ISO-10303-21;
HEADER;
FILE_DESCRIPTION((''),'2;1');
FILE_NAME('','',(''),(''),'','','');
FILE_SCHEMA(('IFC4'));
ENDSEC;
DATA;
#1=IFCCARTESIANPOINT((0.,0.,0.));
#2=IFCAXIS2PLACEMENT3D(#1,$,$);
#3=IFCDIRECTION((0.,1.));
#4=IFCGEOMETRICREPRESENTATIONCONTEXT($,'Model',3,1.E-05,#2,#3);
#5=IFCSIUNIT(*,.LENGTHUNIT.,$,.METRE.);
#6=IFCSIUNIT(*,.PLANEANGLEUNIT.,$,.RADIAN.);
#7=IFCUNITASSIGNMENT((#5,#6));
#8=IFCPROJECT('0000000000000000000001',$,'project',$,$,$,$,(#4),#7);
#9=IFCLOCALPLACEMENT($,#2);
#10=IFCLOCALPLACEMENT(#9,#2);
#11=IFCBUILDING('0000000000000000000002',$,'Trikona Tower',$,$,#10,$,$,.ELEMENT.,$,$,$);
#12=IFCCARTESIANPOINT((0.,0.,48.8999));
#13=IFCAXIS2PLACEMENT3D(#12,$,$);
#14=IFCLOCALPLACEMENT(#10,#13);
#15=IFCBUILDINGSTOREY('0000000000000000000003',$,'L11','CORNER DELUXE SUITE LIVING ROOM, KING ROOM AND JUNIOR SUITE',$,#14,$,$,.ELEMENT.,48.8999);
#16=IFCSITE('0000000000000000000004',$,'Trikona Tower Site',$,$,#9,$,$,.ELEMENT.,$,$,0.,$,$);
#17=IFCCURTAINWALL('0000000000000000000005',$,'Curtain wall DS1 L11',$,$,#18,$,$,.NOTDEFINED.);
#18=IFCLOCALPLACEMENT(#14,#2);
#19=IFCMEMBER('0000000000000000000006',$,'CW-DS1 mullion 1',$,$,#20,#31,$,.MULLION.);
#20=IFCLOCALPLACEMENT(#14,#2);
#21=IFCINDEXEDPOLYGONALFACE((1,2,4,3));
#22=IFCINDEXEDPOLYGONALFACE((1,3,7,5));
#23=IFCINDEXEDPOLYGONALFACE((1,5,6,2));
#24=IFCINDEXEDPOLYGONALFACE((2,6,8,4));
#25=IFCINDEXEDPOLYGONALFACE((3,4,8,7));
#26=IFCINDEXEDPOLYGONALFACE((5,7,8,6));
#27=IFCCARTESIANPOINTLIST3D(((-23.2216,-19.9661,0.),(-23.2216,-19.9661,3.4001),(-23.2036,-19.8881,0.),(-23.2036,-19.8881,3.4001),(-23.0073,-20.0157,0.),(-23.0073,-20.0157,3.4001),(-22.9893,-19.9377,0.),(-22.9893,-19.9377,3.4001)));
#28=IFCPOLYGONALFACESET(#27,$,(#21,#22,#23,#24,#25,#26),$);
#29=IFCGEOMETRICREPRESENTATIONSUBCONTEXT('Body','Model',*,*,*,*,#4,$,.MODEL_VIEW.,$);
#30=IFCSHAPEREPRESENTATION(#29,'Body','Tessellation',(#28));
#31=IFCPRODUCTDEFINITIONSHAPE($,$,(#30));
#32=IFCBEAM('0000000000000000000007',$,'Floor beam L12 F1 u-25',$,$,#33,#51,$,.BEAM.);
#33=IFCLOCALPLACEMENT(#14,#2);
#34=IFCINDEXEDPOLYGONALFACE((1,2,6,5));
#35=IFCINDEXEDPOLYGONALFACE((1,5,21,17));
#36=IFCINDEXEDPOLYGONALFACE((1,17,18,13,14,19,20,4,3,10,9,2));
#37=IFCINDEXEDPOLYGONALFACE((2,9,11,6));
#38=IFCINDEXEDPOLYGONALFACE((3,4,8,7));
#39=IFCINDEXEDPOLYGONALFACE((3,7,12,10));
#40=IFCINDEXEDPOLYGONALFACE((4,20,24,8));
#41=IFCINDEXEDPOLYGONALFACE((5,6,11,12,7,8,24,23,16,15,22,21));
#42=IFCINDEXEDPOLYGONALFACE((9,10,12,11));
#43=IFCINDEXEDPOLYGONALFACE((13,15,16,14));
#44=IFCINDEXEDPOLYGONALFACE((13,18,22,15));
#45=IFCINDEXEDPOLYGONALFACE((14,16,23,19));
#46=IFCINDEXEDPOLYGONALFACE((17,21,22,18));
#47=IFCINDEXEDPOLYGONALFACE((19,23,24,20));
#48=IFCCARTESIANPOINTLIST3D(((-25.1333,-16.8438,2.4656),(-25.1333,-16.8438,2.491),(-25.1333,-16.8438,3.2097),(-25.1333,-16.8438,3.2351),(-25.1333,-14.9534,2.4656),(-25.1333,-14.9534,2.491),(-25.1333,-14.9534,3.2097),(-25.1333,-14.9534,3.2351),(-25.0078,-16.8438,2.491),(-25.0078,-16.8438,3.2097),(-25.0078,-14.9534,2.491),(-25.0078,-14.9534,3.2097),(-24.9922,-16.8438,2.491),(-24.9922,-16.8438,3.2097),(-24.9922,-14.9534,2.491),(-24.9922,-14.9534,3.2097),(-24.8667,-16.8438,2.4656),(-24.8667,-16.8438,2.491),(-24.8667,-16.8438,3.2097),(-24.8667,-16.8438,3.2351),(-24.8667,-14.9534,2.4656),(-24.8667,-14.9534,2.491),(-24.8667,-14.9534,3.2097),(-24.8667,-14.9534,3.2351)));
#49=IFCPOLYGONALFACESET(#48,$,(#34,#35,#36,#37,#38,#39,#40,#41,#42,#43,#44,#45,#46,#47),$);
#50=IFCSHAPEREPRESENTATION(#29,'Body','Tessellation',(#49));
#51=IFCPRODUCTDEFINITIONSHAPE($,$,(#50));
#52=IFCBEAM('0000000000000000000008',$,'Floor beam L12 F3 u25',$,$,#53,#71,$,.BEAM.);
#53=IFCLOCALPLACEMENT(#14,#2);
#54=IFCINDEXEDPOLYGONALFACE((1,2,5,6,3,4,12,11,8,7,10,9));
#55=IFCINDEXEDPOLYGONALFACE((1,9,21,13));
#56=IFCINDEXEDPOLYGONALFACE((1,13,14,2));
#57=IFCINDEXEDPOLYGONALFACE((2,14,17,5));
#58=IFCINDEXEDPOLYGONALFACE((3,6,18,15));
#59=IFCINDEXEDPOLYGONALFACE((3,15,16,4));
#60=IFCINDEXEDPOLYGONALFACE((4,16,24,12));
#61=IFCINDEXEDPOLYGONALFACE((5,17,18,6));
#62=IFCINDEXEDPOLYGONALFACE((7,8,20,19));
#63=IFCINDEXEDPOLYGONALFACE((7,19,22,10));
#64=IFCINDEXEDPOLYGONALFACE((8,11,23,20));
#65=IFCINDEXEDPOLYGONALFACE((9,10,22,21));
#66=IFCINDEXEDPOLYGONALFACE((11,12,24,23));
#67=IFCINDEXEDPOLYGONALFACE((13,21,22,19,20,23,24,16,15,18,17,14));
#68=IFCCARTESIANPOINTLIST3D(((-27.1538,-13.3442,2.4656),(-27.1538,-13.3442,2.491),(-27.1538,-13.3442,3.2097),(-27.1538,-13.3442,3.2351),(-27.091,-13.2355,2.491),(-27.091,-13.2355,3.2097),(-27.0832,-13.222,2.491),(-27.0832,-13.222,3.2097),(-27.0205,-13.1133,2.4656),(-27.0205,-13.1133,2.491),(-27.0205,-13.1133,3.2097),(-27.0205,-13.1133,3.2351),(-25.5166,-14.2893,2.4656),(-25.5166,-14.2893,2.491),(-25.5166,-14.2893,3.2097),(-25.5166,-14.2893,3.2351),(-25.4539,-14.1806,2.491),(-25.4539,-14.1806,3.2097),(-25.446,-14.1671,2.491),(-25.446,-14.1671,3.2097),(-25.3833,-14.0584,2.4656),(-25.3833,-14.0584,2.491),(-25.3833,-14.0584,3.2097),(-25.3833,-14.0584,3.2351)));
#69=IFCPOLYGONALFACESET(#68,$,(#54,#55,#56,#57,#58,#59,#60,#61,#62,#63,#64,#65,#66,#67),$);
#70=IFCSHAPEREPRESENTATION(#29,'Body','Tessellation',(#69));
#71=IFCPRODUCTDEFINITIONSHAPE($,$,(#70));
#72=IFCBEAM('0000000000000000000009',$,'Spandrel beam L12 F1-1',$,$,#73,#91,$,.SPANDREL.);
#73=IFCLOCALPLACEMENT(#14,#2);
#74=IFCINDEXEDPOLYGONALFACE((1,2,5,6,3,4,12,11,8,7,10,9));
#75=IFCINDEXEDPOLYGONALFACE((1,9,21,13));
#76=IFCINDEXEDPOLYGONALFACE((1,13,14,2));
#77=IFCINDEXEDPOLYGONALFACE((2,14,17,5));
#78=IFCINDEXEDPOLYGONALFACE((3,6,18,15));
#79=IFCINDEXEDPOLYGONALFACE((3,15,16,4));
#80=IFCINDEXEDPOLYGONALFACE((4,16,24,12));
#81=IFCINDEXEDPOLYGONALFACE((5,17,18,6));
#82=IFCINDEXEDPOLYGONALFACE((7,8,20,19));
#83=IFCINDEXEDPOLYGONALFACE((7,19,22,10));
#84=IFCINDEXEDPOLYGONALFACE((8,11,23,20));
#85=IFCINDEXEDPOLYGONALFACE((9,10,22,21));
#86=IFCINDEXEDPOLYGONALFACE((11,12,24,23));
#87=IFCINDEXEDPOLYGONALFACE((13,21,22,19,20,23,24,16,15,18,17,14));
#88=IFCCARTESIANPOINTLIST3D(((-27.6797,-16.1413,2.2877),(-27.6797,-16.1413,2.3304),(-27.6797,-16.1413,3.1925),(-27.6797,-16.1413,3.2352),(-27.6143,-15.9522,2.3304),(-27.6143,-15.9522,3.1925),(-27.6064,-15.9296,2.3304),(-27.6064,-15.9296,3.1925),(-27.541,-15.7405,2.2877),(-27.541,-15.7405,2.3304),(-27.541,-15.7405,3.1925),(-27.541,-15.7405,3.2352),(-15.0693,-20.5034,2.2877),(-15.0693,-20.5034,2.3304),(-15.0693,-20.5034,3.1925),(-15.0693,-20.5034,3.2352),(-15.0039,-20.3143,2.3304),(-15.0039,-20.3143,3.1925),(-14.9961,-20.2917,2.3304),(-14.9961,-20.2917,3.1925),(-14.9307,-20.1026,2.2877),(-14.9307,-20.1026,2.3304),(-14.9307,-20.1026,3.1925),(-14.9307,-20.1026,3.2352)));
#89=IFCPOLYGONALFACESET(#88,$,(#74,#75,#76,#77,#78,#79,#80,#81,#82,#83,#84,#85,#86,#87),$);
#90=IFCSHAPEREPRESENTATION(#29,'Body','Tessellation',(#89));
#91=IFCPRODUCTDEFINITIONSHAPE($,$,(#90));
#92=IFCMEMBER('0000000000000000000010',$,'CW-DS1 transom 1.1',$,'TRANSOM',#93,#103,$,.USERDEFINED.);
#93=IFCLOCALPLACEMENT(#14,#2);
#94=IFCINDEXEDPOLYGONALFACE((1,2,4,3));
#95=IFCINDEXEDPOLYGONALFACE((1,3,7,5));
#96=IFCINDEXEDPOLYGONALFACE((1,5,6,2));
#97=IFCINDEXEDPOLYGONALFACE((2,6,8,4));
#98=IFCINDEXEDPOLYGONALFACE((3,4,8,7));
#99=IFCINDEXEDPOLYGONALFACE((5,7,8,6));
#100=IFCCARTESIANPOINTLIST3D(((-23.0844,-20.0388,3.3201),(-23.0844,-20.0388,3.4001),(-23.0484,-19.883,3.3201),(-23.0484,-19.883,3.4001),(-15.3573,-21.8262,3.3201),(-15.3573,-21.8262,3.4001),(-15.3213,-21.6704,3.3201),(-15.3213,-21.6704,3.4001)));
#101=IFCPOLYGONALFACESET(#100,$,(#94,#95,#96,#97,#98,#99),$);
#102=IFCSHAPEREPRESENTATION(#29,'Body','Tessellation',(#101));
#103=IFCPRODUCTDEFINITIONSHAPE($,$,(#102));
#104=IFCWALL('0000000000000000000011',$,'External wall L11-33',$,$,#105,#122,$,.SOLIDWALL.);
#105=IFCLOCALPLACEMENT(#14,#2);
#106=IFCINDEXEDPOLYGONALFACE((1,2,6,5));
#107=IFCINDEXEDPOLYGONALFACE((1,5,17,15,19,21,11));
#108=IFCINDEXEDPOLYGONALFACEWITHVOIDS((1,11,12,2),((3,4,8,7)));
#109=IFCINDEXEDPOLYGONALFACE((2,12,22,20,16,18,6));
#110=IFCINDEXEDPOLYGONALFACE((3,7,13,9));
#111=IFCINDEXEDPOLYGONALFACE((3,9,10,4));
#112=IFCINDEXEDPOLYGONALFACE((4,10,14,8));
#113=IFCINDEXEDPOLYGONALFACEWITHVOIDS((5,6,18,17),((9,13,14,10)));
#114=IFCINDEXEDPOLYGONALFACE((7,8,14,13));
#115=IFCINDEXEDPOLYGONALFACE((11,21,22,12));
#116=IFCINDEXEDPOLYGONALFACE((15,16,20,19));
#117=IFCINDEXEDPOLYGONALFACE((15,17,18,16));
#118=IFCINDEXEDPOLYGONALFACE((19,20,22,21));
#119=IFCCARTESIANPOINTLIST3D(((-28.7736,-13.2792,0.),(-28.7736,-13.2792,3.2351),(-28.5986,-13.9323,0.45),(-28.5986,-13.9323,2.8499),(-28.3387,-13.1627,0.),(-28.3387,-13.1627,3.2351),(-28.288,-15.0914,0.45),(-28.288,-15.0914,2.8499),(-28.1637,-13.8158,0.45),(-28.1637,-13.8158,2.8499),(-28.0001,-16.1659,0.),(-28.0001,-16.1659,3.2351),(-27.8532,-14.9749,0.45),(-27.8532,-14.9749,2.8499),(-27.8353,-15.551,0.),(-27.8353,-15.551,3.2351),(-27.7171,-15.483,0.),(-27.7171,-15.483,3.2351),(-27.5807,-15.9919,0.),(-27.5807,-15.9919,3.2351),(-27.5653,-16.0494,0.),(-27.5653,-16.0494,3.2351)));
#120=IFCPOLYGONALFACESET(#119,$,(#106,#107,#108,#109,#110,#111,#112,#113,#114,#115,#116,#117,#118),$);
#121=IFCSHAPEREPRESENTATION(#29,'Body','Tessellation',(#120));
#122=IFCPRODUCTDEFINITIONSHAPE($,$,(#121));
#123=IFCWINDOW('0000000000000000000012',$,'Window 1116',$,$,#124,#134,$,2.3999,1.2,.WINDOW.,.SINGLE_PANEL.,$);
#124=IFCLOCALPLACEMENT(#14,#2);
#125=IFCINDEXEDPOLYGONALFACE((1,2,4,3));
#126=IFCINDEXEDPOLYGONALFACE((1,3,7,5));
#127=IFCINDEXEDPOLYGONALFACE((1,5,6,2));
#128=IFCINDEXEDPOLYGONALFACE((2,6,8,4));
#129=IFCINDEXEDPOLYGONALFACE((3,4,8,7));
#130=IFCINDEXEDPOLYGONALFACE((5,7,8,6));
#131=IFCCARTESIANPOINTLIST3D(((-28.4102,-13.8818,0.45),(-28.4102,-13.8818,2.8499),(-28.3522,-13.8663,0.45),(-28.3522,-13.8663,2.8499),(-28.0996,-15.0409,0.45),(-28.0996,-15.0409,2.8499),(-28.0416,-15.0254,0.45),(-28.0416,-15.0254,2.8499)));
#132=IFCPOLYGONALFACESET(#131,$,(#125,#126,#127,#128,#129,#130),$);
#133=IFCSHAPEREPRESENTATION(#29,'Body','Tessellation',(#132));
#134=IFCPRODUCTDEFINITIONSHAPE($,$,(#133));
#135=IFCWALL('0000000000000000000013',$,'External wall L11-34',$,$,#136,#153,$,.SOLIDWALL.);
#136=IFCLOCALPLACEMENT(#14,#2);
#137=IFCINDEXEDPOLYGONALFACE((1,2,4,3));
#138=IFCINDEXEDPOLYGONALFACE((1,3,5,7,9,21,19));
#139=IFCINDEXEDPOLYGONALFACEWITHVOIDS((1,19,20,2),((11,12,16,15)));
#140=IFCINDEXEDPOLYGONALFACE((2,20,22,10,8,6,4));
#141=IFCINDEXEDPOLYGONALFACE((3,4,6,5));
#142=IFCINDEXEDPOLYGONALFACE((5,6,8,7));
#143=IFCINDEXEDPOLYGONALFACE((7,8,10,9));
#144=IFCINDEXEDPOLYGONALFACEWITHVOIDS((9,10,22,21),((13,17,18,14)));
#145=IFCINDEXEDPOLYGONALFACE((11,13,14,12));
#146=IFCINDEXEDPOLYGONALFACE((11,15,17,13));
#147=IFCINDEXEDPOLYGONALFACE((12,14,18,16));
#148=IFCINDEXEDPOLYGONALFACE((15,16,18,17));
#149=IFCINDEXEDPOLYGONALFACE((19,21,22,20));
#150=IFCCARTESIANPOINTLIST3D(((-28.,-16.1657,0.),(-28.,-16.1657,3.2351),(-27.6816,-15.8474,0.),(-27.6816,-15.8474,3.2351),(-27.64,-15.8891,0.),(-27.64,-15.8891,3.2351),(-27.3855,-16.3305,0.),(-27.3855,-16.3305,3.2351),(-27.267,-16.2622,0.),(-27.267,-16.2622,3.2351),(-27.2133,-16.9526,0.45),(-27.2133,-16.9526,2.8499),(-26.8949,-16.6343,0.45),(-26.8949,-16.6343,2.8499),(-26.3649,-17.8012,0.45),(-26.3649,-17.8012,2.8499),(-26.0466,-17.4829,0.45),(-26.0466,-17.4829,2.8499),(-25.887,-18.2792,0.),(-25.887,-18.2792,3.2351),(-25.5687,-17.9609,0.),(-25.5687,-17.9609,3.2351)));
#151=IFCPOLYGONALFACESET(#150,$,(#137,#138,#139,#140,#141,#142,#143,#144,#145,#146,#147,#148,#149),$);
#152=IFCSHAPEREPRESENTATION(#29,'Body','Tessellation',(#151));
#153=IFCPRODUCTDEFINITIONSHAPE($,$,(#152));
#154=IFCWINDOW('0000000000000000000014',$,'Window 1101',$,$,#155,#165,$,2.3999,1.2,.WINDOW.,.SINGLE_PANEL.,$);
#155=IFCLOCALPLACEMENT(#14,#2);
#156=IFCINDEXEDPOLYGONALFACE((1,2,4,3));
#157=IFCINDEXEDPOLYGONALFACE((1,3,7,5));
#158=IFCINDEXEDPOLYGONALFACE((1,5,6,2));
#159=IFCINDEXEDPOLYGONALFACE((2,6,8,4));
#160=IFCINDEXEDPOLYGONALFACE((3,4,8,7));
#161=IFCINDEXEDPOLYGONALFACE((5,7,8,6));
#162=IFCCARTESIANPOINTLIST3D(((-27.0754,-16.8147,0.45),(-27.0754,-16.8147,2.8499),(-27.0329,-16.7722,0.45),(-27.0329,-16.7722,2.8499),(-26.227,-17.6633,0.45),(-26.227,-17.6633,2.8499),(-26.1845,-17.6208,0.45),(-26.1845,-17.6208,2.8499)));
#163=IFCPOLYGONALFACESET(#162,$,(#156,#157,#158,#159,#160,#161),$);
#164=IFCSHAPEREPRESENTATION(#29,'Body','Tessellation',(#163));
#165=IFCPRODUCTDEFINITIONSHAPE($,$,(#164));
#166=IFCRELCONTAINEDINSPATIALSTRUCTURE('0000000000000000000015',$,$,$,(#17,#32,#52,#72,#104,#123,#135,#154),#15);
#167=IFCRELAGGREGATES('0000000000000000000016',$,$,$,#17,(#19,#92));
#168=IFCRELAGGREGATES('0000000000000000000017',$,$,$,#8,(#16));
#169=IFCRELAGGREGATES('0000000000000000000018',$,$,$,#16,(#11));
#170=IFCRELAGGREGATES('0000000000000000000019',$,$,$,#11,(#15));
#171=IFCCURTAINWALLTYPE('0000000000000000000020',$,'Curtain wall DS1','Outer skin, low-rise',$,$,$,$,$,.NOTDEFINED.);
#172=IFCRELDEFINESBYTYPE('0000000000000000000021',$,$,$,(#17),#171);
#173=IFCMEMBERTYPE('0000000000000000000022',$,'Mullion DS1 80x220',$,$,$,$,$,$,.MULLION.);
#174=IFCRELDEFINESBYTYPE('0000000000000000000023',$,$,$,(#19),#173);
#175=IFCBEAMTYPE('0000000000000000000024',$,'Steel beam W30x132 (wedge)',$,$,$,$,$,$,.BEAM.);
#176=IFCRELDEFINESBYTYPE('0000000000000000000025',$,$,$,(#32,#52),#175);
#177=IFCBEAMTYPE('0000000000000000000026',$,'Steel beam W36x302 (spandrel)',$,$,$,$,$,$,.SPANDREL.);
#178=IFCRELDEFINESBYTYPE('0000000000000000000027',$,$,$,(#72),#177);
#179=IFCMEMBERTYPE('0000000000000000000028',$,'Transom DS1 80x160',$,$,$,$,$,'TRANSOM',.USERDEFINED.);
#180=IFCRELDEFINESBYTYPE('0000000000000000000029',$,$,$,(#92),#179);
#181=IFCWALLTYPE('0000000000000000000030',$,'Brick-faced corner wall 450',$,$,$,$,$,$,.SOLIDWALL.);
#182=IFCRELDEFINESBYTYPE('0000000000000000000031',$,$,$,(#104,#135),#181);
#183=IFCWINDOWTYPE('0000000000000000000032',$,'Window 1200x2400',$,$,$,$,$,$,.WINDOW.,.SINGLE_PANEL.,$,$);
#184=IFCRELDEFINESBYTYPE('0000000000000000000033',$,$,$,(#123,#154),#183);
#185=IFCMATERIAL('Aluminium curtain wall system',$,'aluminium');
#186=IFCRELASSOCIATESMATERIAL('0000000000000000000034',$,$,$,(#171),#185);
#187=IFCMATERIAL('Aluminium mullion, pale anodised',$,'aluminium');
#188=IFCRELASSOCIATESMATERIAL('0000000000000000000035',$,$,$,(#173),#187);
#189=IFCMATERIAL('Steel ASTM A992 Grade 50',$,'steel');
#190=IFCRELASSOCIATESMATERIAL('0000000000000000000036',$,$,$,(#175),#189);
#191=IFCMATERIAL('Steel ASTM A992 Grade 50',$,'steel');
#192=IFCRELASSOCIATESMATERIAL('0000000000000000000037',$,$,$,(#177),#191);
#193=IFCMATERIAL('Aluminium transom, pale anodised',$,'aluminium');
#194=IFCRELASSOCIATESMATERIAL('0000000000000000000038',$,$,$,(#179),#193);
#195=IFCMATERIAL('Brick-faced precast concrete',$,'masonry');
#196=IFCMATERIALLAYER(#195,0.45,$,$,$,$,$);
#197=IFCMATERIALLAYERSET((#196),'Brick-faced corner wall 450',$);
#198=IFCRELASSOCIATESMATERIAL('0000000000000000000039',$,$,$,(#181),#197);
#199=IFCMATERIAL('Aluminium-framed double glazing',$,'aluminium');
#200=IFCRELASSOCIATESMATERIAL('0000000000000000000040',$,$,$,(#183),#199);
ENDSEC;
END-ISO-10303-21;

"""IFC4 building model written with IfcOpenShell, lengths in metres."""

from ifc_helpers import new_model, si_unit, direction, frame, frame_2d, origin, origin_2d, place, context, subcontext, project, spatial, polyline, rectangle, i_section, outline, extrude, material, layer, layer_set, material_profile, profile_set, type_object, element, fill, aggregate, save


model = new_model("IFC4")

# Units and contexts
model_context = context("Model", 3, precision=1e-05, world=origin(), true_north=direction((0.0, 1.0)))
body_context = subcontext(model_context, "Body", "Model", "MODEL_VIEW")
ifc_project = project(units=[si_unit("LENGTHUNIT", "METRE"), si_unit("PLANEANGLEUNIT", "RADIAN")], contexts=[model_context])

# Site, building, storey
site_placement = place(None, origin())
site = spatial("IfcSite", under=ifc_project, at=site_placement, Name="Trikona Tower Site", CompositionType="ELEMENT", RefElevation=0.0)
building_placement = place(site_placement, origin())
building = spatial("IfcBuilding", under=site, at=building_placement, Name="Trikona Tower", CompositionType="ELEMENT")
storey_placement = place(building_placement, frame((0.0, 0.0, 48.8999)))
storey = spatial("IfcBuildingStorey", under=building, at=storey_placement, Name="L11", Description="CORNER DELUXE SUITE LIVING ROOM, KING ROOM AND JUNIOR SUITE", CompositionType="ELEMENT", Elevation=48.8999)

# Curtain wall, member
ifc_material_1 = material(Name="Aluminium curtain wall system", Category="aluminium")
curtain_wall_type = type_object("IfcCurtainWallType", Name="Curtain wall DS1", Description="Outer skin, low-rise", PredefinedType="NOTDEFINED", material=ifc_material_1)
curtain_wall_placement = place(storey_placement, origin())
curtain_wall = element("IfcCurtainWall", 1, at=curtain_wall_placement, inside=storey, type_object=curtain_wall_type, Name="Curtain wall DS1 L11", PredefinedType="NOTDEFINED")
ifc_material_2 = material(Name="Aluminium mullion, pale anodised", Category="aluminium")
ifc_material_profile_1 = material_profile(ifc_material_2, rectangle(XDim=0.0801, YDim=0.22, at=origin_2d()), Name="MUL-DS1")
ifc_profile_set_1 = profile_set([ifc_material_profile_1], Name="Aluminium mullion, pale anodised")
member_type_1 = type_object("IfcMemberType", Name="Mullion DS1 80x220", PredefinedType="MULLION", material=ifc_profile_set_1)
member_1_placement = place(storey_placement, frame((-23.1055, -19.9519, 0.0), z_axis=(0.0, 0.0, 1.0), x_axis=(0.225343, 0.974279, 0.0)))
member_1 = element("IfcMember", 2, at=member_1_placement, type_object=member_type_1, Name="CW-DS1 mullion 1", PredefinedType="MULLION", context=body_context, shape_type="SweptSolid", body=[
    extrude(rectangle(XDim=0.0801, YDim=0.22, at=origin_2d()), origin(), (0.0, 0.0, 1.0), 3.4001),
])

# Beams
ifc_material_3 = material(Name="Steel ASTM A992 Grade 50", Category="steel")
ifc_material_profile_2 = material_profile(ifc_material_3, i_section(OverallWidth=0.2666, OverallDepth=0.7695, WebThickness=0.0156, FlangeThickness=0.0254, at=origin_2d()), Name="W30X132")
ifc_profile_set_2 = profile_set([ifc_material_profile_2], Name="Steel ASTM A992 Grade 50")
beam_type_1 = type_object("IfcBeamType", Name="Steel beam W30x132 (wedge)", PredefinedType="BEAM", material=ifc_profile_set_2)
for number, where, z_axis, x_axis, name in (
    (3, (-25.0, -14.9534, 2.8503), (0.0, -1.0, 0.0), (1.0, 0.0, 0.0), "Floor beam L12 F1 u-25"),
    (4, (-25.45, -14.1738, 2.8503), (-0.866065, 0.499931, 0.0), (-0.499931, -0.866065, 0.0), "Floor beam L12 F3 u25"),
):
    element("IfcBeam", number, at=place(storey_placement, frame(where, z_axis=z_axis, x_axis=x_axis)), inside=storey, type_object=beam_type_1, Name=name, PredefinedType="BEAM", context=body_context, shape_type="SweptSolid", body=[
        extrude(i_section(OverallWidth=0.2666, OverallDepth=0.7695, WebThickness=0.0156, FlangeThickness=0.0254, at=origin_2d()), origin(), (0.0, 0.0, 1.0), 1.8904),
    ])
ifc_material_4 = material(Name="Steel ASTM A992 Grade 50", Category="steel")
ifc_material_profile_3 = material_profile(ifc_material_4, i_section(OverallWidth=0.4241, OverallDepth=0.9475, WebThickness=0.0239, FlangeThickness=0.0427, at=origin_2d()), Name="W36X302")
ifc_profile_set_3 = profile_set([ifc_material_profile_3], Name="Steel ASTM A992 Grade 50")
beam_type_2 = type_object("IfcBeamType", Name="Steel beam W36x302 (spandrel)", PredefinedType="SPANDREL", material=ifc_profile_set_3)
beam_placement = place(storey_placement, frame((-27.6104, -15.9409, 2.7615), z_axis=(0.945057, -0.326906, 0.0), x_axis=(0.326906, 0.945057, 0.0)))
element("IfcBeam", 5, at=beam_placement, inside=storey, type_object=beam_type_2, Name="Spandrel beam L12 F1-1", PredefinedType="SPANDREL", context=body_context, shape_type="SweptSolid", body=[
    extrude(i_section(OverallWidth=0.4241, OverallDepth=0.9475, WebThickness=0.0239, FlangeThickness=0.0427, at=origin_2d()), origin(), (0.0, 0.0, 1.0), 13.3435),
])

# Member
ifc_material_5 = material(Name="Aluminium transom, pale anodised", Category="aluminium")
ifc_material_profile_4 = material_profile(ifc_material_5, rectangle(XDim=0.1599, YDim=0.0801, at=origin_2d()), Name="TRN-DS1")
ifc_profile_set_4 = profile_set([ifc_material_profile_4], Name="Aluminium transom, pale anodised")
member_type_2 = type_object("IfcMemberType", Name="Transom DS1 80x160", ElementType="TRANSOM", PredefinedType="USERDEFINED", material=ifc_profile_set_4)
member_2_placement = place(storey_placement, frame((-23.0664, -19.9609, 3.3601), z_axis=(0.974275, -0.225361, 0.0), x_axis=(0.225361, 0.974275, 0.0)))
member_2 = element("IfcMember", 6, at=member_2_placement, type_object=member_type_2, Name="CW-DS1 transom 1.1", ObjectType="TRANSOM", PredefinedType="USERDEFINED", context=body_context, shape_type="SweptSolid", body=[
    extrude(rectangle(XDim=0.1599, YDim=0.0801, at=origin_2d()), origin(), (0.0, 0.0, 1.0), 7.9312),
])
aggregate(curtain_wall, [member_1, member_2])

# Walls, openings, windows
ifc_material_6 = material(Name="Brick-faced precast concrete", Category="masonry")
ifc_layer_1 = layer(ifc_material_6, 0.45)
ifc_layer_set_1 = layer_set([ifc_layer_1], Name="Brick-faced corner wall 450")
wall_type_1 = type_object("IfcWallType", Name="Brick-faced corner wall 450", PredefinedType="SOLIDWALL", material=ifc_layer_set_1)
wall_1_placement = place(storey_placement, frame((-28.5562, -13.2209, 0.0), z_axis=(0.0, 0.0, 1.0), x_axis=(0.258801, -0.965931, 0.0)))
wall_1 = element("IfcWall", 7, at=wall_1_placement, inside=storey, type_object=wall_type_1, Name="External wall L11-33", PredefinedType="SOLIDWALL", context=body_context, shape_type="SweptSolid", body=[
    extrude(outline(polyline([(2.9885, 0.2251), (2.929, 0.2251), (2.4373, 0.0933), (2.4021, 0.2251), (0.0, 0.2251), (0.0, -0.2251), (2.9885, -0.2251), (2.9885, 0.2251)])), origin(), (0.0, 0.0, 1.0), 3.2351),
])
opening_1_placement = place(wall_1_placement, frame((0.676, 0.0, 0.45)))
opening_1 = element("IfcOpeningElement", 8, at=opening_1_placement, cuts=wall_1, PredefinedType="OPENING", context=body_context, shape_type="SweptSolid", body=[
    extrude(rectangle(XDim=1.2, YDim=2.3999, at=frame_2d((0.6001, 1.2))), frame((0.0, 0.2349, 0.0), z_axis=(0.0, -1.0, 0.0), x_axis=(1.0, 0.0, 0.0)), (0.0, 0.0, 1.0), 0.47),
])
ifc_material_7 = material(Name="Aluminium-framed double glazing", Category="aluminium")
window_type_1 = type_object("IfcWindowType", Name="Window 1200x2400", PartitioningType="SINGLE_PANEL", PredefinedType="WINDOW", material=ifc_material_7)
window_1_placement = place(opening_1_placement, origin())
window_1 = element("IfcWindow", 9, at=window_1_placement, inside=storey, type_object=window_type_1, Name="Window 1116", OverallHeight=2.3999, OverallWidth=1.2, PartitioningType="SINGLE_PANEL", PredefinedType="WINDOW", context=body_context, shape_type="SweptSolid", body=[
    extrude(rectangle(XDim=1.2, YDim=2.3999, at=frame_2d((0.6001, 1.2))), frame((0.0, 0.03, 0.0), z_axis=(0.0, -1.0, 0.0), x_axis=(1.0, 0.0, 0.0)), (0.0, 0.0, 1.0), 0.0601),
])
fill(opening_1, window_1)
wall_2_placement = place(storey_placement, frame((-27.8408, -16.0066, 0.0), z_axis=(0.0, 0.0, 1.0), x_axis=(0.707025, -0.707188, 0.0)))
wall_2 = element("IfcWall", 10, at=wall_2_placement, inside=storey, type_object=wall_type_1, Name="External wall L11-34", PredefinedType="SOLIDWALL", context=body_context, shape_type="SweptSolid", body=[
    extrude(outline(polyline([(2.9885, 0.2251), (0.5864, 0.2251), (0.551, 0.093), (0.0588, 0.2251), (0.0, 0.2251), (0.0, -0.2251), (2.9885, -0.2251), (2.9885, 0.2251)])), origin(), (0.0, 0.0, 1.0), 3.2351),
])
opening_2_placement = place(wall_2_placement, frame((1.1125, 0.0, 0.45)))
opening_2 = element("IfcOpeningElement", 11, at=opening_2_placement, cuts=wall_2, PredefinedType="OPENING", context=body_context, shape_type="SweptSolid", body=[
    extrude(rectangle(XDim=1.2, YDim=2.3999, at=frame_2d((0.6001, 1.2))), frame((0.0, 0.2349, 0.0), z_axis=(0.0, -1.0, 0.0), x_axis=(1.0, 0.0, 0.0)), (0.0, 0.0, 1.0), 0.47),
])
window_2_placement = place(opening_2_placement, origin())
window_2 = element("IfcWindow", 12, at=window_2_placement, inside=storey, type_object=window_type_1, Name="Window 1101", OverallHeight=2.3999, OverallWidth=1.2, PartitioningType="SINGLE_PANEL", PredefinedType="WINDOW", context=body_context, shape_type="SweptSolid", body=[
    extrude(rectangle(XDim=1.2, YDim=2.3999, at=frame_2d((0.6001, 1.2))), frame((0.0, 0.03, 0.0), z_axis=(0.0, -1.0, 0.0), x_axis=(1.0, 0.0, 0.0)), (0.0, 0.0, 1.0), 0.0601),
])
fill(opening_2, window_2)

save(model, "model.ifc")
